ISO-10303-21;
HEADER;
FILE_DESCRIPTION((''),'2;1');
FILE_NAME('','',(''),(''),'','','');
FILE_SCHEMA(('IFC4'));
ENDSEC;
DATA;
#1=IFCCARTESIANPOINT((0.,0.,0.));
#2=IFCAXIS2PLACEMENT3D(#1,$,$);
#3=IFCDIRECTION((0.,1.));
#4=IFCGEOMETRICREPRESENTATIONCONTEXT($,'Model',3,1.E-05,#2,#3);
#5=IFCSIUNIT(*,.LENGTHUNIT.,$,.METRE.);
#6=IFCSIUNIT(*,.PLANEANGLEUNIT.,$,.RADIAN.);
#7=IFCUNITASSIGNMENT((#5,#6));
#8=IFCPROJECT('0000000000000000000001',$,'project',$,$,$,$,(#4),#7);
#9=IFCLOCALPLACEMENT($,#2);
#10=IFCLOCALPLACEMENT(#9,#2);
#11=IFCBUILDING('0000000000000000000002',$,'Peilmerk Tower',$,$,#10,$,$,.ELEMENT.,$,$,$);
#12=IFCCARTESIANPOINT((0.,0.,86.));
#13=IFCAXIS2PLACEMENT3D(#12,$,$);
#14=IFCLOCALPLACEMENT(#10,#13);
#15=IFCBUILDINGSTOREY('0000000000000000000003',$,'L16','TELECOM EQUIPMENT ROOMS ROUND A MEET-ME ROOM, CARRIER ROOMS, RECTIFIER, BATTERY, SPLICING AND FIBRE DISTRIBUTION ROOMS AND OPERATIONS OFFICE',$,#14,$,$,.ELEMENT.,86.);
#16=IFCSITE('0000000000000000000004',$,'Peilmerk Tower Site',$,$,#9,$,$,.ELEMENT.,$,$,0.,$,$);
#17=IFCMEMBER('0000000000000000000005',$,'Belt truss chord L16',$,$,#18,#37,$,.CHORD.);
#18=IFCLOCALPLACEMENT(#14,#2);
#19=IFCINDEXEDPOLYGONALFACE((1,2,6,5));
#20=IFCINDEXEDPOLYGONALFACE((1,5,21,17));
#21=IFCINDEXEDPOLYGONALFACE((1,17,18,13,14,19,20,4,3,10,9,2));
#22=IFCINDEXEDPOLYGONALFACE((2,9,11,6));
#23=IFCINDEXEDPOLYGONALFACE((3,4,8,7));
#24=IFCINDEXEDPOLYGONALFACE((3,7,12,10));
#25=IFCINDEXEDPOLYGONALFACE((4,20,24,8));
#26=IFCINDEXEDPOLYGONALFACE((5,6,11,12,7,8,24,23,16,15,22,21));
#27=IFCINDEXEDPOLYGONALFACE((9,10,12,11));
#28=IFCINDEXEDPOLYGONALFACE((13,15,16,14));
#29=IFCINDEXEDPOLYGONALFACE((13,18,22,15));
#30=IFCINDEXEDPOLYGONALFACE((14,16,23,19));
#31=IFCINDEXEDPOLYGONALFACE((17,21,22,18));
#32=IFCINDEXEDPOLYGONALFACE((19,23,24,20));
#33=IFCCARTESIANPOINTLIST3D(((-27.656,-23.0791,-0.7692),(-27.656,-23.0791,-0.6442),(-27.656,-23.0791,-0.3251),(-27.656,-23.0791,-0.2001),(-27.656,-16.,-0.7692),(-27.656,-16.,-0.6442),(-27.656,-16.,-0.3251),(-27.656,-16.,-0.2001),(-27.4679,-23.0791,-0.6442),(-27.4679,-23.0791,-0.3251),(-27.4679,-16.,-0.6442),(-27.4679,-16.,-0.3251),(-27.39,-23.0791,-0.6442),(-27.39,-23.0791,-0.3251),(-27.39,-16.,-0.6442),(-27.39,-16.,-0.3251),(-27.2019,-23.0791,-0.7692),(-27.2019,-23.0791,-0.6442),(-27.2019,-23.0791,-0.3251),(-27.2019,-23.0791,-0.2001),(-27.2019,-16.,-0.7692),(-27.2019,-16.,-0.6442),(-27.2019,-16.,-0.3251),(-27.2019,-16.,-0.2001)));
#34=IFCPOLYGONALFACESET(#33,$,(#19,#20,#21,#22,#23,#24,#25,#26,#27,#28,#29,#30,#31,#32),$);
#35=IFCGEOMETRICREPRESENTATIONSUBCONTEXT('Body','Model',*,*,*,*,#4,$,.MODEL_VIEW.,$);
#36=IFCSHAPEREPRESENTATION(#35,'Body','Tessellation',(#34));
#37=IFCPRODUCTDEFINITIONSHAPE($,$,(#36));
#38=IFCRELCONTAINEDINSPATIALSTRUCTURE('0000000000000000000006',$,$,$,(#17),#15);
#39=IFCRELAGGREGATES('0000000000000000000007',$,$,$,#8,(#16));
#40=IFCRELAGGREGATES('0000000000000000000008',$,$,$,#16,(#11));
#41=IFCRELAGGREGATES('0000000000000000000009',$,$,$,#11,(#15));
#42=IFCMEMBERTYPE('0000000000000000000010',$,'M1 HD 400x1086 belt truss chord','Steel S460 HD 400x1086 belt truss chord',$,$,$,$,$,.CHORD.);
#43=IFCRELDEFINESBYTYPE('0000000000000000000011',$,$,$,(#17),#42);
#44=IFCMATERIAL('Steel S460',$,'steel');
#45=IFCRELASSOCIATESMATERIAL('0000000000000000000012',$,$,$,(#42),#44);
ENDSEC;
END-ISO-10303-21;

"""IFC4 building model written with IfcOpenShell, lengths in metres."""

from ifc_helpers import new_model, si_unit, direction, frame, origin, origin_2d, place, context, subcontext, project, spatial, i_section, extrude, material, material_profile, profile_set, type_object, element, save


model = new_model("IFC4")

# Units and contexts
model_context = context("Model", 3, precision=1e-05, world=origin(), true_north=direction((0.0, 1.0)))
body_context = subcontext(model_context, "Body", "Model", "MODEL_VIEW")
ifc_project = project(units=[si_unit("LENGTHUNIT", "METRE"), si_unit("PLANEANGLEUNIT", "RADIAN")], contexts=[model_context])

# Site, building, storey
site_placement = place(None, origin())
site = spatial("IfcSite", under=ifc_project, at=site_placement, Name="Peilmerk Tower Site", CompositionType="ELEMENT", RefElevation=0.0)
building_placement = place(site_placement, origin())
building = spatial("IfcBuilding", under=site, at=building_placement, Name="Peilmerk Tower", CompositionType="ELEMENT")
storey_placement = place(building_placement, frame((0.0, 0.0, 86.0)))
storey = spatial("IfcBuildingStorey", under=building, at=storey_placement, Name="L16", Description="TELECOM EQUIPMENT ROOMS ROUND A MEET-ME ROOM, CARRIER ROOMS, RECTIFIER, BATTERY, SPLICING AND FIBRE DISTRIBUTION ROOMS AND OPERATIONS OFFICE", CompositionType="ELEMENT", Elevation=86.0)

# Shared definitions
ifc_material_1 = material(Name="Steel S460", Category="steel")

# Member
ifc_material_profile_1 = material_profile(ifc_material_1, i_section(OverallWidth=0.4541, OverallDepth=0.5691, WebThickness=0.0779, FlangeThickness=0.125, at=origin_2d()), Name="HD 400x1086")
ifc_profile_set_1 = profile_set([ifc_material_profile_1], Name="Steel S460")
member_type = type_object("IfcMemberType", Name="M1 HD 400x1086 belt truss chord", Description="Steel S460 HD 400x1086 belt truss chord", PredefinedType="CHORD", material=ifc_profile_set_1)
member_1_placement = place(storey_placement, frame((-27.429, -16.0, -0.4846), z_axis=(0.0, -1.0, 0.0), x_axis=(1.0, 0.0, 0.0)))
element("IfcMember", 1, at=member_1_placement, inside=storey, type_object=member_type, Name="Belt truss chord L16", PredefinedType="CHORD", context=body_context, shape_type="SweptSolid", body=[
    extrude(i_section(OverallWidth=0.4541, OverallDepth=0.5691, WebThickness=0.0779, FlangeThickness=0.125, at=origin_2d()), origin(), (0.0, 0.0, 1.0), 7.0791),
])

save(model, "model.ifc")
